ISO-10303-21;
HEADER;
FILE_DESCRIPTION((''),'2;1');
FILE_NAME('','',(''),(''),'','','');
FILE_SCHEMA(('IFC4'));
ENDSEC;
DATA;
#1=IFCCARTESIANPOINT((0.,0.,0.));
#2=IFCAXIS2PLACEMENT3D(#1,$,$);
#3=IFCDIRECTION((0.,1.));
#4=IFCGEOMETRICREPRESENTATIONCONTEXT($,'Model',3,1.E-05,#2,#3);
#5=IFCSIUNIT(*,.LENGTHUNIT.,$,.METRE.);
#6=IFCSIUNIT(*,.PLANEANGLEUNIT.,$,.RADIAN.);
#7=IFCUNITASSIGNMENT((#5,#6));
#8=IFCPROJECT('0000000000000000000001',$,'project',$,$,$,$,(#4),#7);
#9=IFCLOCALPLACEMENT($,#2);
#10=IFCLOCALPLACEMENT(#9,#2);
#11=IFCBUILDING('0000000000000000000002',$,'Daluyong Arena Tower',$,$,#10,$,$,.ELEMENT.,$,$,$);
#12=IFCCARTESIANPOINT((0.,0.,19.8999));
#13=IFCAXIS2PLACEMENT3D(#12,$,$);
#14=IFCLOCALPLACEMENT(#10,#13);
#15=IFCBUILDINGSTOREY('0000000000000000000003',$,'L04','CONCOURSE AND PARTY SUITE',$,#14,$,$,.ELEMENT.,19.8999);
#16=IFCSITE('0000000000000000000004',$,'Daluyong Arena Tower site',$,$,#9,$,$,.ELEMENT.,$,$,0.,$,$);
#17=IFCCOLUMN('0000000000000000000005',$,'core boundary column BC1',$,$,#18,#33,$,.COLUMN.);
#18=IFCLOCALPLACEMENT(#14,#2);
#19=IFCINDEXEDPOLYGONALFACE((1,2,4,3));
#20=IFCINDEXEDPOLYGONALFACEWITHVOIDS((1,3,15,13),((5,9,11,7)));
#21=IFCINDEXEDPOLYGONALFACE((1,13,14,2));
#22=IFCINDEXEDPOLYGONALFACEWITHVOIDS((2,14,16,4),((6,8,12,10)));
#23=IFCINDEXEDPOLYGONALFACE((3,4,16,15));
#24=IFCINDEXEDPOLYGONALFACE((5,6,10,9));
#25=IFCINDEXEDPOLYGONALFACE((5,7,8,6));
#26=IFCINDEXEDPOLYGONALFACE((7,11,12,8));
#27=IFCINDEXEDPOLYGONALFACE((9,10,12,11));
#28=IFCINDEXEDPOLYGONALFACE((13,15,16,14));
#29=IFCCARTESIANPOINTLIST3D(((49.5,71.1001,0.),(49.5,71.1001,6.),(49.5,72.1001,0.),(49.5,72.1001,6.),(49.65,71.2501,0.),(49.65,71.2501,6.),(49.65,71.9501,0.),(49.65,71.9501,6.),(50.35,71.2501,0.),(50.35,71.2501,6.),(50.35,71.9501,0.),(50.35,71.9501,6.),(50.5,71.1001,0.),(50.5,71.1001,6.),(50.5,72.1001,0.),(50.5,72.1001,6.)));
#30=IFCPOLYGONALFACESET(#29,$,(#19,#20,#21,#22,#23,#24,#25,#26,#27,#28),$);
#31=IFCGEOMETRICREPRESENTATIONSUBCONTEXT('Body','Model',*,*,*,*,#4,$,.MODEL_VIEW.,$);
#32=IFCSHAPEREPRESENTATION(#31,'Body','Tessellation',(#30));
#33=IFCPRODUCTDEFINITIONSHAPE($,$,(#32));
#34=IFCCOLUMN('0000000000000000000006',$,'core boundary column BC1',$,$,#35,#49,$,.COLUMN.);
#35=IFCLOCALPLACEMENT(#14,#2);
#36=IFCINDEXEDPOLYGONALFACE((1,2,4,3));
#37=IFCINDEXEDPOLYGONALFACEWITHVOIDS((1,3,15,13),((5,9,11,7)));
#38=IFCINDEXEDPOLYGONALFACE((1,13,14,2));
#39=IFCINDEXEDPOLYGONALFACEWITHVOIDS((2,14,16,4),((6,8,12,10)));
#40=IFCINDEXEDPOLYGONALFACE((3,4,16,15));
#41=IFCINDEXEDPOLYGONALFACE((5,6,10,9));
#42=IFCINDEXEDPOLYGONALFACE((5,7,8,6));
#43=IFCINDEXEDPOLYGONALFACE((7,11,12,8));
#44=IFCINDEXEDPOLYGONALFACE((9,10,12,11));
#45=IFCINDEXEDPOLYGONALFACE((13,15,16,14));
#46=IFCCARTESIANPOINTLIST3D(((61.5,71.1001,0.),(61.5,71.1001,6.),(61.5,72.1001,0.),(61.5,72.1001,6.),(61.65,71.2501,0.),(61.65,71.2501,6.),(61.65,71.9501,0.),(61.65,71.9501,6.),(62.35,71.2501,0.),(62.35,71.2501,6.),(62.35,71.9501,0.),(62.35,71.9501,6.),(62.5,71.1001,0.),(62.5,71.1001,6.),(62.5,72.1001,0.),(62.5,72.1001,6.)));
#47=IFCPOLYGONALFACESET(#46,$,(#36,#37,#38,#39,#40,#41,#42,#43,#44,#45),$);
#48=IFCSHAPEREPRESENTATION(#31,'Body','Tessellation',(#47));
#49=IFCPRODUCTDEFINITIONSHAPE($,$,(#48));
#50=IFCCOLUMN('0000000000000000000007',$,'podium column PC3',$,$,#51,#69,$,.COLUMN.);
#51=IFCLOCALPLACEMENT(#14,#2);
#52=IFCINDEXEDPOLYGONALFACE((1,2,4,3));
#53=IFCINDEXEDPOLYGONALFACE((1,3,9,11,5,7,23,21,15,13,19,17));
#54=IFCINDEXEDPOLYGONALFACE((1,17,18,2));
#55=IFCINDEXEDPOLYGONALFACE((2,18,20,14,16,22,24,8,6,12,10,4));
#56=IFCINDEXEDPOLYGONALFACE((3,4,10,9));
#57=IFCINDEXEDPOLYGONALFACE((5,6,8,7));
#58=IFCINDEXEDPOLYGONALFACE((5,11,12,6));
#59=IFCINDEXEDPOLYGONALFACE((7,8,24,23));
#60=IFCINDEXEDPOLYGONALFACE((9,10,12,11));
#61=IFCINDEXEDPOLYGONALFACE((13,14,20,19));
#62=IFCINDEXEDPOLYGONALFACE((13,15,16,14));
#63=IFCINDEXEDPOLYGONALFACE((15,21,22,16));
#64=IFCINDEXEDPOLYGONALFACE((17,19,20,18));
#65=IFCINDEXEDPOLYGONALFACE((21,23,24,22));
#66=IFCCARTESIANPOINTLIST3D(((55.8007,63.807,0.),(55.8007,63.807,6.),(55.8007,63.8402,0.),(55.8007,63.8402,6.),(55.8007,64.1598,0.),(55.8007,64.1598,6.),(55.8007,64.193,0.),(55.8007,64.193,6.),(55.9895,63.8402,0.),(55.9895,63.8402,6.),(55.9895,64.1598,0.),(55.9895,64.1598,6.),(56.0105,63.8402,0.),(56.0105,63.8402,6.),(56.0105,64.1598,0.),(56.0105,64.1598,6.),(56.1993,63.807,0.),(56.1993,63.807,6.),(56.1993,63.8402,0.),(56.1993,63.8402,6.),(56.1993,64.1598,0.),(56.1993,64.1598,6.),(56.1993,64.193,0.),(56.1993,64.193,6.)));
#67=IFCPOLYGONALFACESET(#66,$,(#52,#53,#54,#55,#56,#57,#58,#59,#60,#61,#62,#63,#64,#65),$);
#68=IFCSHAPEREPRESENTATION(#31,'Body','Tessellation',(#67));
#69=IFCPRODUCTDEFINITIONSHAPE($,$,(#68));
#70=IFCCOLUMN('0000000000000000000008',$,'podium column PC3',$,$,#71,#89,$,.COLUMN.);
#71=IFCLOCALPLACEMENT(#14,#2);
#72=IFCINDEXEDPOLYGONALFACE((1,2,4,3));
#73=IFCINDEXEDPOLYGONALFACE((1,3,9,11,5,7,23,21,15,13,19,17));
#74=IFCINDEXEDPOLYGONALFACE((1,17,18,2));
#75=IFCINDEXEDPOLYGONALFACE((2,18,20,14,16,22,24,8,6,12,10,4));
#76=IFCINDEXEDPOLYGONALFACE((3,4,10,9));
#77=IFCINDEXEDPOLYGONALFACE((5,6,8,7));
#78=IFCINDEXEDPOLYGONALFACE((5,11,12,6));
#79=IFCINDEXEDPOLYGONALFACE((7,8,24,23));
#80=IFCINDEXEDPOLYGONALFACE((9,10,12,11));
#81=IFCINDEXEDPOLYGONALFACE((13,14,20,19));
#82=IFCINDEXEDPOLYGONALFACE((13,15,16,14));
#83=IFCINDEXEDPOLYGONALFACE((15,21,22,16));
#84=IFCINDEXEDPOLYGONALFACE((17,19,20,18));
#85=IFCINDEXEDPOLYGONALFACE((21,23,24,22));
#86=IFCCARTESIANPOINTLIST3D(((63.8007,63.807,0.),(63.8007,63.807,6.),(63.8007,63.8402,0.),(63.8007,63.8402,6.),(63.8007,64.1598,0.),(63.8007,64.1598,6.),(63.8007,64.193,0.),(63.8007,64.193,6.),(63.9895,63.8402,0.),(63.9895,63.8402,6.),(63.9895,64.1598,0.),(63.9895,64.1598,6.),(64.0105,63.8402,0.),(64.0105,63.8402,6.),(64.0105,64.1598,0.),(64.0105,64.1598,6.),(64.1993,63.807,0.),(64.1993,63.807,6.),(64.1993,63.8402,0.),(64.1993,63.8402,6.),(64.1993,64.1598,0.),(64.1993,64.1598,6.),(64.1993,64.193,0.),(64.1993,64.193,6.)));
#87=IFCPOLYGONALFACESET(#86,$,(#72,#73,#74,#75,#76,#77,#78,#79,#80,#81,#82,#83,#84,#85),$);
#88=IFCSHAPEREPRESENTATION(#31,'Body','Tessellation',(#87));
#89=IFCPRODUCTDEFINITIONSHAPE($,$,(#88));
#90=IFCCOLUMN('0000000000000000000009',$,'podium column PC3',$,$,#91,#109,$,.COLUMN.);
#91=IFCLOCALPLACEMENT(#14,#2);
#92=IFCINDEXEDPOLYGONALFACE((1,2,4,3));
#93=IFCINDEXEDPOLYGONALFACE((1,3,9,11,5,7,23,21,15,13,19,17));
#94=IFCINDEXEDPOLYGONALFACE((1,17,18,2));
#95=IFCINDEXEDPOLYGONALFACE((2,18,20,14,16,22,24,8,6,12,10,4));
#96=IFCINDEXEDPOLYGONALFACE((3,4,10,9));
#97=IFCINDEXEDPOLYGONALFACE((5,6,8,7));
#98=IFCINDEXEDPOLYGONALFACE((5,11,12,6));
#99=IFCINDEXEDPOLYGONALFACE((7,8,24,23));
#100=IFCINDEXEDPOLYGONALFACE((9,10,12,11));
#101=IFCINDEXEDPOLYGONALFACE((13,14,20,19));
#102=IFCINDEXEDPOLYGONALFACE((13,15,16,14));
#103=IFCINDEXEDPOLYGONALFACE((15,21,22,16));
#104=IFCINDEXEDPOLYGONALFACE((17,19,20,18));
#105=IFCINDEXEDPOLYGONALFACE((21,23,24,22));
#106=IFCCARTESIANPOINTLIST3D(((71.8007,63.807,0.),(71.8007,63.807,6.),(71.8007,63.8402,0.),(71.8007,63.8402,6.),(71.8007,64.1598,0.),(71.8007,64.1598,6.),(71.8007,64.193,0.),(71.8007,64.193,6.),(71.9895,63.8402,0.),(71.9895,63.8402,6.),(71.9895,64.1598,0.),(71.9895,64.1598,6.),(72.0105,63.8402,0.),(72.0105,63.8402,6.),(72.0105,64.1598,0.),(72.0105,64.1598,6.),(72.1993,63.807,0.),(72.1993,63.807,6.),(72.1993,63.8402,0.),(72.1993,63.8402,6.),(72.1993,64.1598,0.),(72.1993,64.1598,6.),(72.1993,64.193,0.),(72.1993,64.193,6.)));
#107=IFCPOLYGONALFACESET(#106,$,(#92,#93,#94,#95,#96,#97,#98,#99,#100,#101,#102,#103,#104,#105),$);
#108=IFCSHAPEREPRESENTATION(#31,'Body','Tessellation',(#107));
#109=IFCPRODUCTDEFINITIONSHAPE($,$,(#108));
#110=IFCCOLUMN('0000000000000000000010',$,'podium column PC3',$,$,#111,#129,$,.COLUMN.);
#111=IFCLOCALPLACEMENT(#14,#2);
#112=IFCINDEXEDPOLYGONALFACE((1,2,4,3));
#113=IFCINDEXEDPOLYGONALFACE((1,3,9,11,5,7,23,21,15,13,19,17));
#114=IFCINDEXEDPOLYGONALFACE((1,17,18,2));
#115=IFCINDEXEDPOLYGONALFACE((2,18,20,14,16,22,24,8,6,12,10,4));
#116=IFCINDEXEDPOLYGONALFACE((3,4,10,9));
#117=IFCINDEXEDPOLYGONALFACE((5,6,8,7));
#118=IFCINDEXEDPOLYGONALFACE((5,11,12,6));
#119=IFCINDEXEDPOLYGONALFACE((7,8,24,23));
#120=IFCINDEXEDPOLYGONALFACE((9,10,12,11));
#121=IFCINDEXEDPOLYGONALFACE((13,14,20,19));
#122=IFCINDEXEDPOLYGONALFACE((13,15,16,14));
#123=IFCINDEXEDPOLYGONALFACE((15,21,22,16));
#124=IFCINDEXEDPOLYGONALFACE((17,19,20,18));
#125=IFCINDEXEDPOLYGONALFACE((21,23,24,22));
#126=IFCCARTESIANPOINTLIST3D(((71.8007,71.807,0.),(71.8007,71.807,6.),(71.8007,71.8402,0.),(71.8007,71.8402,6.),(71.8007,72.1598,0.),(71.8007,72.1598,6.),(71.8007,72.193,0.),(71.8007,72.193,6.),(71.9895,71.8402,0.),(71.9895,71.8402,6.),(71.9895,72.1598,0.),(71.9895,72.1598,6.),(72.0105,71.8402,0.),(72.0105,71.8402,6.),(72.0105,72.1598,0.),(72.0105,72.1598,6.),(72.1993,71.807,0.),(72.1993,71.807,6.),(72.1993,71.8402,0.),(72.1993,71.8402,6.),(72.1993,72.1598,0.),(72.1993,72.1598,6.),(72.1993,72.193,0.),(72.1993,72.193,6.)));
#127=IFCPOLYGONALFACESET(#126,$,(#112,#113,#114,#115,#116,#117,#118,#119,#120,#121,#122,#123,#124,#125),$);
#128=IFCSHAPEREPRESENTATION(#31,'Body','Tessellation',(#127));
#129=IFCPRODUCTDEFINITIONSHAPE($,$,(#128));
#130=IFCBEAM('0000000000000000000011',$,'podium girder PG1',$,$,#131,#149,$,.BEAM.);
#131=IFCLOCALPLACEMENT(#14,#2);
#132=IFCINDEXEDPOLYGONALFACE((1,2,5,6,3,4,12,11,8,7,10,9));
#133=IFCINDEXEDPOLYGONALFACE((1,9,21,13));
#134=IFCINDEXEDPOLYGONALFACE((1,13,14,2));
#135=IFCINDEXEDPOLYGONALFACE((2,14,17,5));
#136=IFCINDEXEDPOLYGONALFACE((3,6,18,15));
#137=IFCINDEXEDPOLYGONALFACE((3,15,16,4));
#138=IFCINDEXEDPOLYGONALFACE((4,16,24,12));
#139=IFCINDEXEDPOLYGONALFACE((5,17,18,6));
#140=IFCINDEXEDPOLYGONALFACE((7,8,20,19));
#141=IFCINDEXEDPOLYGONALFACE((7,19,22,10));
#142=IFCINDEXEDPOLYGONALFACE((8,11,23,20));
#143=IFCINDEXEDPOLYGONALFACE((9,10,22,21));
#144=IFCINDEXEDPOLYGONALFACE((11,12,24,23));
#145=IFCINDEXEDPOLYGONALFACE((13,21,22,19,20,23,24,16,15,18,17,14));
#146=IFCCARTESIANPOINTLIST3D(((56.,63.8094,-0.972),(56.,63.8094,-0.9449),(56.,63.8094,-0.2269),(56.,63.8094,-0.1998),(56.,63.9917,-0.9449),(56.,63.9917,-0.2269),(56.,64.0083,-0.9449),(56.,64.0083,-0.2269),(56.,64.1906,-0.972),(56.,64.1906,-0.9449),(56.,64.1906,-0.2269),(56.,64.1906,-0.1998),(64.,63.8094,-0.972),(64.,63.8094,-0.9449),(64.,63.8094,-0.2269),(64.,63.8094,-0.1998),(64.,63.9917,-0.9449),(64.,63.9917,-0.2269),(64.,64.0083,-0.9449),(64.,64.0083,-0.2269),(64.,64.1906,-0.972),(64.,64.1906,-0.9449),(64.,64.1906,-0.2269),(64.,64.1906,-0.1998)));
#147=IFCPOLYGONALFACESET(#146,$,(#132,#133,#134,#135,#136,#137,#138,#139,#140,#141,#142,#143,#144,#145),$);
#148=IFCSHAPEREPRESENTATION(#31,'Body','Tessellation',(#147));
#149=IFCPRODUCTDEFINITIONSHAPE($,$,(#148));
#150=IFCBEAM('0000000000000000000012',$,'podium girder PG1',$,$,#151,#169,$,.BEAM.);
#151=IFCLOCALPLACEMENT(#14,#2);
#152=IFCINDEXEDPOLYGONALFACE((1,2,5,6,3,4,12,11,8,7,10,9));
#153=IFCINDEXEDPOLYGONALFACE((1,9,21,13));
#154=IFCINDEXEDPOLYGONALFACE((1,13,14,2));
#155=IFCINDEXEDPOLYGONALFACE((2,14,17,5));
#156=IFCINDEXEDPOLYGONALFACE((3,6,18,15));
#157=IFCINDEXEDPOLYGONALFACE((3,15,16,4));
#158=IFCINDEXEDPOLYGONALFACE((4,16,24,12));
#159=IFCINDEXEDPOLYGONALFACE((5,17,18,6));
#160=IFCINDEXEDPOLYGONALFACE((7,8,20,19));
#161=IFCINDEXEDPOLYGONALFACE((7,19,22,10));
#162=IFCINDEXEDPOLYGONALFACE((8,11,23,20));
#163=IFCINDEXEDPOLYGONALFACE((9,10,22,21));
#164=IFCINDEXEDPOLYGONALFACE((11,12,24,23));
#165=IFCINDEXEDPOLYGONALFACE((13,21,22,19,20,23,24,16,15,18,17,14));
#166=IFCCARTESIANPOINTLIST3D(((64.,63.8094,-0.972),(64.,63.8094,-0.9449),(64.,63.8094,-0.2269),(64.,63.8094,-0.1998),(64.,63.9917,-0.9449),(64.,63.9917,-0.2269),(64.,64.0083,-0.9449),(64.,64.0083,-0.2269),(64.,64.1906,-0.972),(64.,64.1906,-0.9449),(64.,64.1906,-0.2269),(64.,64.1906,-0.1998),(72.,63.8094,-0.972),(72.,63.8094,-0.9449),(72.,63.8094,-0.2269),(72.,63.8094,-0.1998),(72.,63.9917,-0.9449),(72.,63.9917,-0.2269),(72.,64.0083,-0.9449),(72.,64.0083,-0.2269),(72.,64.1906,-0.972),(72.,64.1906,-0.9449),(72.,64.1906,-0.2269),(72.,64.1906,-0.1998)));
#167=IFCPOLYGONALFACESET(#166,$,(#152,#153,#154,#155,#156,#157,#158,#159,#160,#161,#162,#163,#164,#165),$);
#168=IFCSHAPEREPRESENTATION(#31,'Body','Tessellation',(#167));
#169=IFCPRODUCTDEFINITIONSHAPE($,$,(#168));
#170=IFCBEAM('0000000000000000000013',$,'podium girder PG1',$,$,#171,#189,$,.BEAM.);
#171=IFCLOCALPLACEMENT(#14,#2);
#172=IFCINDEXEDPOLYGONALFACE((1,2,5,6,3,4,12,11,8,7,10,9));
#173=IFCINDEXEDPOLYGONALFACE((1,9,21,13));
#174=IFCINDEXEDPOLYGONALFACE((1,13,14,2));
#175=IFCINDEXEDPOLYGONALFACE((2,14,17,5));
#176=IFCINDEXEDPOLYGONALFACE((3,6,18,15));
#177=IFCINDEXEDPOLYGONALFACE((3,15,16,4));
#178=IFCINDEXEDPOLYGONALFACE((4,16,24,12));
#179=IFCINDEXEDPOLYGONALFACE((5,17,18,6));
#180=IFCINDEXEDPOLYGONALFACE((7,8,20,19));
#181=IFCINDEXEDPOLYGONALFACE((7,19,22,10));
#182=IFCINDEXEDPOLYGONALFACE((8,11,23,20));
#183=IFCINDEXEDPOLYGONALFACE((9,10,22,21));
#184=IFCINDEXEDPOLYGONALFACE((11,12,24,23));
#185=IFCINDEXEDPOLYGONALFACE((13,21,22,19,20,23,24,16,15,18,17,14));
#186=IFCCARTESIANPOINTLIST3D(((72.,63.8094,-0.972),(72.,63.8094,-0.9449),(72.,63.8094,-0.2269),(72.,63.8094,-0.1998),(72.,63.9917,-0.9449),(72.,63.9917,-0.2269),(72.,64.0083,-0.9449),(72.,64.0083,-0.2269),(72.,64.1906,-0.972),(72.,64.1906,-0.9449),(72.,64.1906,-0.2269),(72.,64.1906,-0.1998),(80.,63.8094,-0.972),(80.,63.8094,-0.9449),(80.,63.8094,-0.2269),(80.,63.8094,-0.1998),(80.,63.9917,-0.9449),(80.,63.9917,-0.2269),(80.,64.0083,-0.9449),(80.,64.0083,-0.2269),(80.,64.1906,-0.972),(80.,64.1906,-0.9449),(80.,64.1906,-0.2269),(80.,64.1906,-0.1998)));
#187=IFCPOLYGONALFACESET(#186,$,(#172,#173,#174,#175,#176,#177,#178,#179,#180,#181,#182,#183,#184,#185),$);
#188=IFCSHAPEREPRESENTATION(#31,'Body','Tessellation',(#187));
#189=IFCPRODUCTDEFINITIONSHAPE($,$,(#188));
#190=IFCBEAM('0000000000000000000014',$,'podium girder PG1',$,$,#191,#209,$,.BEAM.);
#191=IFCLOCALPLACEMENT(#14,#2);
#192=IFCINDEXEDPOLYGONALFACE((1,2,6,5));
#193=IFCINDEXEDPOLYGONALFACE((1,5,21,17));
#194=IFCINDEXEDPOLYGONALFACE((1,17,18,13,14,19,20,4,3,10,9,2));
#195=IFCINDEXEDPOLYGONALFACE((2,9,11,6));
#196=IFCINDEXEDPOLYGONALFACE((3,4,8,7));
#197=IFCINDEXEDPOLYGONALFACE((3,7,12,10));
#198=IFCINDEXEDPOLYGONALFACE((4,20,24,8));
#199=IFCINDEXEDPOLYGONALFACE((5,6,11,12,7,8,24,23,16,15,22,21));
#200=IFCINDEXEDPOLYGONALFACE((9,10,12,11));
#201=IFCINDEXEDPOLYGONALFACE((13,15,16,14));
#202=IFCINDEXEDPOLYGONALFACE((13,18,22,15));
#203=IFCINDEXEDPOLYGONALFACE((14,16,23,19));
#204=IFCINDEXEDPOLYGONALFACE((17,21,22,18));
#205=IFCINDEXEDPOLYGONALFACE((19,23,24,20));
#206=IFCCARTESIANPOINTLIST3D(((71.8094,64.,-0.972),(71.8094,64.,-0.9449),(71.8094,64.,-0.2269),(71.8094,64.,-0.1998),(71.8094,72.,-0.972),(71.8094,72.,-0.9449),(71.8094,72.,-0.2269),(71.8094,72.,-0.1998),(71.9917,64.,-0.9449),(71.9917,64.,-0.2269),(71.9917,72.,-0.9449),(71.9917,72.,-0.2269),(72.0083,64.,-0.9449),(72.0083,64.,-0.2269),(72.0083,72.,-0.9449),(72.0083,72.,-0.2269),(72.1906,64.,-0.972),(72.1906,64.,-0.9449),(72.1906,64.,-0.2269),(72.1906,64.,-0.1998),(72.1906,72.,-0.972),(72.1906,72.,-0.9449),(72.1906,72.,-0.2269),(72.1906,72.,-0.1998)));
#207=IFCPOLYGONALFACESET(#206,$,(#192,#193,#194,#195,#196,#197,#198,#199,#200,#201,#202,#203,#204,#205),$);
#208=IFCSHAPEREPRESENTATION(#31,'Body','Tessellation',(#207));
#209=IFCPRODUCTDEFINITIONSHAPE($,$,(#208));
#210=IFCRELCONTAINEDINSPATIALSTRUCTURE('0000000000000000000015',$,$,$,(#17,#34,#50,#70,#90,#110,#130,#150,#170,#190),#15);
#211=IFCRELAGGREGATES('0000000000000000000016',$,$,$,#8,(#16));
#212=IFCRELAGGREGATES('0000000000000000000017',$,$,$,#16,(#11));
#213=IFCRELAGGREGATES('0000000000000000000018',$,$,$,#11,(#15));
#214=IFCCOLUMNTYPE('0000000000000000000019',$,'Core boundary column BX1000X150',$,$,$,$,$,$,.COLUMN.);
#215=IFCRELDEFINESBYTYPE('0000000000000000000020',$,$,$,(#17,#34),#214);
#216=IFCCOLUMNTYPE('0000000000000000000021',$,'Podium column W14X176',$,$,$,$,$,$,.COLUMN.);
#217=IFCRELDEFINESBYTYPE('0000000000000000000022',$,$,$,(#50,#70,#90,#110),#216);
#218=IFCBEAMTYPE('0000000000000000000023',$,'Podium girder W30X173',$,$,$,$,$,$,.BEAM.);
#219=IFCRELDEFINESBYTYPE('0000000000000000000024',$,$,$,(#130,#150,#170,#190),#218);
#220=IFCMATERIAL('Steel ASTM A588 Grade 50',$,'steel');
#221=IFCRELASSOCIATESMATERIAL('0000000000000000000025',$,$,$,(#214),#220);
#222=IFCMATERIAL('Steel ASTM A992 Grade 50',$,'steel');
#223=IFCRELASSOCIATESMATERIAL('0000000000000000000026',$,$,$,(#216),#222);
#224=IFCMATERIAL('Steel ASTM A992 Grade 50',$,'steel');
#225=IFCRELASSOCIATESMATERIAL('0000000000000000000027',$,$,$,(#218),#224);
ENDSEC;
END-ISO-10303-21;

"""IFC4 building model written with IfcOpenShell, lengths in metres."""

from ifc_helpers import new_model, si_unit, direction, frame, origin, origin_2d, place, context, subcontext, project, spatial, hollow_rectangle, i_section, extrude, material, material_profile, profile_set, type_object, element, save


model = new_model("IFC4")

# Units and contexts
model_context = context("Model", 3, precision=1e-05, world=origin(), true_north=direction((0.0, 1.0)))
body_context = subcontext(model_context, "Body", "Model", "MODEL_VIEW")
ifc_project = project(units=[si_unit("LENGTHUNIT", "METRE"), si_unit("PLANEANGLEUNIT", "RADIAN")], contexts=[model_context])

# Site, building, storey
site_placement = place(None, origin())
site = spatial("IfcSite", under=ifc_project, at=site_placement, Name="Daluyong Arena Tower site", CompositionType="ELEMENT", RefElevation=0.0)
building_placement = place(site_placement, origin())
building = spatial("IfcBuilding", under=site, at=building_placement, Name="Daluyong Arena Tower", CompositionType="ELEMENT")
storey_placement = place(building_placement, frame((0.0, 0.0, 19.8999)))
storey = spatial("IfcBuildingStorey", under=building, at=storey_placement, Name="L04", Description="CONCOURSE AND PARTY SUITE", CompositionType="ELEMENT", Elevation=19.8999)

# Columns
ifc_material_1 = material(Name="Steel ASTM A588 Grade 50", Category="steel")
ifc_material_profile_1 = material_profile(ifc_material_1, hollow_rectangle(XDim=1.0, YDim=1.0, WallThickness=0.15, at=origin_2d()))
ifc_profile_set_1 = profile_set([ifc_material_profile_1], Name="Steel ASTM A588 Grade 50")
column_type_1 = type_object("IfcColumnType", Name="Core boundary column BX1000X150", PredefinedType="COLUMN", material=ifc_profile_set_1)
for number, where, z_axis, x_axis, name in (
    (1, (50.0, 71.6001, 0.0), (0.0, 0.0, 1.0), (1.0, 0.0, 0.0), "core boundary column BC1"),
    (2, (62.0, 71.6001, 0.0), (0.0, 0.0, 1.0), (1.0, 0.0, 0.0), "core boundary column BC1"),
):
    element("IfcColumn", number, at=place(storey_placement, frame(where, z_axis=z_axis, x_axis=x_axis)), inside=storey, type_object=column_type_1, Name=name, PredefinedType="COLUMN", context=body_context, shape_type="SweptSolid", body=[
        extrude(hollow_rectangle(XDim=1.0, YDim=1.0, WallThickness=0.15, at=origin_2d()), origin(), (0.0, 0.0, 1.0), 6.0),
    ])
ifc_material_2 = material(Name="Steel ASTM A992 Grade 50", Category="steel")
ifc_material_profile_2 = material_profile(ifc_material_2, i_section(OverallWidth=0.3987, OverallDepth=0.386, WebThickness=0.021, FlangeThickness=0.0332, at=origin_2d()))
ifc_profile_set_2 = profile_set([ifc_material_profile_2], Name="Steel ASTM A992 Grade 50")
column_type_2 = type_object("IfcColumnType", Name="Podium column W14X176", PredefinedType="COLUMN", material=ifc_profile_set_2)
for number, where, z_axis, x_axis, name in (
    (3, (56.0, 64.0, 0.0), (0.0, 0.0, 1.0), (1.0, 0.0, 0.0), "podium column PC3"),
    (4, (64.0, 64.0, 0.0), (0.0, 0.0, 1.0), (1.0, 0.0, 0.0), "podium column PC3"),
    (5, (72.0, 64.0, 0.0), (0.0, 0.0, 1.0), (1.0, 0.0, 0.0), "podium column PC3"),
    (6, (72.0, 72.0, 0.0), (0.0, 0.0, 1.0), (1.0, 0.0, 0.0), "podium column PC3"),
):
    element("IfcColumn", number, at=place(storey_placement, frame(where, z_axis=z_axis, x_axis=x_axis)), inside=storey, type_object=column_type_2, Name=name, PredefinedType="COLUMN", context=body_context, shape_type="SweptSolid", body=[
        extrude(i_section(OverallWidth=0.3987, OverallDepth=0.386, WebThickness=0.021, FlangeThickness=0.0332, at=origin_2d()), origin(), (0.0, 0.0, 1.0), 6.0),
    ])

# Beams
ifc_material_3 = material(Name="Steel ASTM A992 Grade 50", Category="steel")
ifc_material_profile_3 = material_profile(ifc_material_3, i_section(OverallWidth=0.3811, OverallDepth=0.7722, WebThickness=0.0166, FlangeThickness=0.0271, at=origin_2d()))
ifc_profile_set_3 = profile_set([ifc_material_profile_3], Name="Steel ASTM A992 Grade 50")
beam_type = type_object("IfcBeamType", Name="Podium girder W30X173", PredefinedType="BEAM", material=ifc_profile_set_3)
for number, where, z_axis, x_axis, name in (
    (7, (56.0, 64.0, -0.5859), (1.0, 0.0, 0.0), (0.0, 1.0, 0.0), "podium girder PG1"),
    (8, (64.0, 64.0, -0.5859), (1.0, 0.0, 0.0), (0.0, 1.0, 0.0), "podium girder PG1"),
    (9, (72.0, 64.0, -0.5859), (1.0, 0.0, 0.0), (0.0, 1.0, 0.0), "podium girder PG1"),
    (10, (72.0, 64.0, -0.5859), (0.0, 1.0, 0.0), (-1.0, 0.0, 0.0), "podium girder PG1"),
):
    element("IfcBeam", number, at=place(storey_placement, frame(where, z_axis=z_axis, x_axis=x_axis)), inside=storey, type_object=beam_type, Name=name, PredefinedType="BEAM", context=body_context, shape_type="SweptSolid", body=[
        extrude(i_section(OverallWidth=0.3811, OverallDepth=0.7722, WebThickness=0.0166, FlangeThickness=0.0271, at=origin_2d()), origin(), (0.0, 0.0, 1.0), 8.0),
    ])

save(model, "model.ifc")
